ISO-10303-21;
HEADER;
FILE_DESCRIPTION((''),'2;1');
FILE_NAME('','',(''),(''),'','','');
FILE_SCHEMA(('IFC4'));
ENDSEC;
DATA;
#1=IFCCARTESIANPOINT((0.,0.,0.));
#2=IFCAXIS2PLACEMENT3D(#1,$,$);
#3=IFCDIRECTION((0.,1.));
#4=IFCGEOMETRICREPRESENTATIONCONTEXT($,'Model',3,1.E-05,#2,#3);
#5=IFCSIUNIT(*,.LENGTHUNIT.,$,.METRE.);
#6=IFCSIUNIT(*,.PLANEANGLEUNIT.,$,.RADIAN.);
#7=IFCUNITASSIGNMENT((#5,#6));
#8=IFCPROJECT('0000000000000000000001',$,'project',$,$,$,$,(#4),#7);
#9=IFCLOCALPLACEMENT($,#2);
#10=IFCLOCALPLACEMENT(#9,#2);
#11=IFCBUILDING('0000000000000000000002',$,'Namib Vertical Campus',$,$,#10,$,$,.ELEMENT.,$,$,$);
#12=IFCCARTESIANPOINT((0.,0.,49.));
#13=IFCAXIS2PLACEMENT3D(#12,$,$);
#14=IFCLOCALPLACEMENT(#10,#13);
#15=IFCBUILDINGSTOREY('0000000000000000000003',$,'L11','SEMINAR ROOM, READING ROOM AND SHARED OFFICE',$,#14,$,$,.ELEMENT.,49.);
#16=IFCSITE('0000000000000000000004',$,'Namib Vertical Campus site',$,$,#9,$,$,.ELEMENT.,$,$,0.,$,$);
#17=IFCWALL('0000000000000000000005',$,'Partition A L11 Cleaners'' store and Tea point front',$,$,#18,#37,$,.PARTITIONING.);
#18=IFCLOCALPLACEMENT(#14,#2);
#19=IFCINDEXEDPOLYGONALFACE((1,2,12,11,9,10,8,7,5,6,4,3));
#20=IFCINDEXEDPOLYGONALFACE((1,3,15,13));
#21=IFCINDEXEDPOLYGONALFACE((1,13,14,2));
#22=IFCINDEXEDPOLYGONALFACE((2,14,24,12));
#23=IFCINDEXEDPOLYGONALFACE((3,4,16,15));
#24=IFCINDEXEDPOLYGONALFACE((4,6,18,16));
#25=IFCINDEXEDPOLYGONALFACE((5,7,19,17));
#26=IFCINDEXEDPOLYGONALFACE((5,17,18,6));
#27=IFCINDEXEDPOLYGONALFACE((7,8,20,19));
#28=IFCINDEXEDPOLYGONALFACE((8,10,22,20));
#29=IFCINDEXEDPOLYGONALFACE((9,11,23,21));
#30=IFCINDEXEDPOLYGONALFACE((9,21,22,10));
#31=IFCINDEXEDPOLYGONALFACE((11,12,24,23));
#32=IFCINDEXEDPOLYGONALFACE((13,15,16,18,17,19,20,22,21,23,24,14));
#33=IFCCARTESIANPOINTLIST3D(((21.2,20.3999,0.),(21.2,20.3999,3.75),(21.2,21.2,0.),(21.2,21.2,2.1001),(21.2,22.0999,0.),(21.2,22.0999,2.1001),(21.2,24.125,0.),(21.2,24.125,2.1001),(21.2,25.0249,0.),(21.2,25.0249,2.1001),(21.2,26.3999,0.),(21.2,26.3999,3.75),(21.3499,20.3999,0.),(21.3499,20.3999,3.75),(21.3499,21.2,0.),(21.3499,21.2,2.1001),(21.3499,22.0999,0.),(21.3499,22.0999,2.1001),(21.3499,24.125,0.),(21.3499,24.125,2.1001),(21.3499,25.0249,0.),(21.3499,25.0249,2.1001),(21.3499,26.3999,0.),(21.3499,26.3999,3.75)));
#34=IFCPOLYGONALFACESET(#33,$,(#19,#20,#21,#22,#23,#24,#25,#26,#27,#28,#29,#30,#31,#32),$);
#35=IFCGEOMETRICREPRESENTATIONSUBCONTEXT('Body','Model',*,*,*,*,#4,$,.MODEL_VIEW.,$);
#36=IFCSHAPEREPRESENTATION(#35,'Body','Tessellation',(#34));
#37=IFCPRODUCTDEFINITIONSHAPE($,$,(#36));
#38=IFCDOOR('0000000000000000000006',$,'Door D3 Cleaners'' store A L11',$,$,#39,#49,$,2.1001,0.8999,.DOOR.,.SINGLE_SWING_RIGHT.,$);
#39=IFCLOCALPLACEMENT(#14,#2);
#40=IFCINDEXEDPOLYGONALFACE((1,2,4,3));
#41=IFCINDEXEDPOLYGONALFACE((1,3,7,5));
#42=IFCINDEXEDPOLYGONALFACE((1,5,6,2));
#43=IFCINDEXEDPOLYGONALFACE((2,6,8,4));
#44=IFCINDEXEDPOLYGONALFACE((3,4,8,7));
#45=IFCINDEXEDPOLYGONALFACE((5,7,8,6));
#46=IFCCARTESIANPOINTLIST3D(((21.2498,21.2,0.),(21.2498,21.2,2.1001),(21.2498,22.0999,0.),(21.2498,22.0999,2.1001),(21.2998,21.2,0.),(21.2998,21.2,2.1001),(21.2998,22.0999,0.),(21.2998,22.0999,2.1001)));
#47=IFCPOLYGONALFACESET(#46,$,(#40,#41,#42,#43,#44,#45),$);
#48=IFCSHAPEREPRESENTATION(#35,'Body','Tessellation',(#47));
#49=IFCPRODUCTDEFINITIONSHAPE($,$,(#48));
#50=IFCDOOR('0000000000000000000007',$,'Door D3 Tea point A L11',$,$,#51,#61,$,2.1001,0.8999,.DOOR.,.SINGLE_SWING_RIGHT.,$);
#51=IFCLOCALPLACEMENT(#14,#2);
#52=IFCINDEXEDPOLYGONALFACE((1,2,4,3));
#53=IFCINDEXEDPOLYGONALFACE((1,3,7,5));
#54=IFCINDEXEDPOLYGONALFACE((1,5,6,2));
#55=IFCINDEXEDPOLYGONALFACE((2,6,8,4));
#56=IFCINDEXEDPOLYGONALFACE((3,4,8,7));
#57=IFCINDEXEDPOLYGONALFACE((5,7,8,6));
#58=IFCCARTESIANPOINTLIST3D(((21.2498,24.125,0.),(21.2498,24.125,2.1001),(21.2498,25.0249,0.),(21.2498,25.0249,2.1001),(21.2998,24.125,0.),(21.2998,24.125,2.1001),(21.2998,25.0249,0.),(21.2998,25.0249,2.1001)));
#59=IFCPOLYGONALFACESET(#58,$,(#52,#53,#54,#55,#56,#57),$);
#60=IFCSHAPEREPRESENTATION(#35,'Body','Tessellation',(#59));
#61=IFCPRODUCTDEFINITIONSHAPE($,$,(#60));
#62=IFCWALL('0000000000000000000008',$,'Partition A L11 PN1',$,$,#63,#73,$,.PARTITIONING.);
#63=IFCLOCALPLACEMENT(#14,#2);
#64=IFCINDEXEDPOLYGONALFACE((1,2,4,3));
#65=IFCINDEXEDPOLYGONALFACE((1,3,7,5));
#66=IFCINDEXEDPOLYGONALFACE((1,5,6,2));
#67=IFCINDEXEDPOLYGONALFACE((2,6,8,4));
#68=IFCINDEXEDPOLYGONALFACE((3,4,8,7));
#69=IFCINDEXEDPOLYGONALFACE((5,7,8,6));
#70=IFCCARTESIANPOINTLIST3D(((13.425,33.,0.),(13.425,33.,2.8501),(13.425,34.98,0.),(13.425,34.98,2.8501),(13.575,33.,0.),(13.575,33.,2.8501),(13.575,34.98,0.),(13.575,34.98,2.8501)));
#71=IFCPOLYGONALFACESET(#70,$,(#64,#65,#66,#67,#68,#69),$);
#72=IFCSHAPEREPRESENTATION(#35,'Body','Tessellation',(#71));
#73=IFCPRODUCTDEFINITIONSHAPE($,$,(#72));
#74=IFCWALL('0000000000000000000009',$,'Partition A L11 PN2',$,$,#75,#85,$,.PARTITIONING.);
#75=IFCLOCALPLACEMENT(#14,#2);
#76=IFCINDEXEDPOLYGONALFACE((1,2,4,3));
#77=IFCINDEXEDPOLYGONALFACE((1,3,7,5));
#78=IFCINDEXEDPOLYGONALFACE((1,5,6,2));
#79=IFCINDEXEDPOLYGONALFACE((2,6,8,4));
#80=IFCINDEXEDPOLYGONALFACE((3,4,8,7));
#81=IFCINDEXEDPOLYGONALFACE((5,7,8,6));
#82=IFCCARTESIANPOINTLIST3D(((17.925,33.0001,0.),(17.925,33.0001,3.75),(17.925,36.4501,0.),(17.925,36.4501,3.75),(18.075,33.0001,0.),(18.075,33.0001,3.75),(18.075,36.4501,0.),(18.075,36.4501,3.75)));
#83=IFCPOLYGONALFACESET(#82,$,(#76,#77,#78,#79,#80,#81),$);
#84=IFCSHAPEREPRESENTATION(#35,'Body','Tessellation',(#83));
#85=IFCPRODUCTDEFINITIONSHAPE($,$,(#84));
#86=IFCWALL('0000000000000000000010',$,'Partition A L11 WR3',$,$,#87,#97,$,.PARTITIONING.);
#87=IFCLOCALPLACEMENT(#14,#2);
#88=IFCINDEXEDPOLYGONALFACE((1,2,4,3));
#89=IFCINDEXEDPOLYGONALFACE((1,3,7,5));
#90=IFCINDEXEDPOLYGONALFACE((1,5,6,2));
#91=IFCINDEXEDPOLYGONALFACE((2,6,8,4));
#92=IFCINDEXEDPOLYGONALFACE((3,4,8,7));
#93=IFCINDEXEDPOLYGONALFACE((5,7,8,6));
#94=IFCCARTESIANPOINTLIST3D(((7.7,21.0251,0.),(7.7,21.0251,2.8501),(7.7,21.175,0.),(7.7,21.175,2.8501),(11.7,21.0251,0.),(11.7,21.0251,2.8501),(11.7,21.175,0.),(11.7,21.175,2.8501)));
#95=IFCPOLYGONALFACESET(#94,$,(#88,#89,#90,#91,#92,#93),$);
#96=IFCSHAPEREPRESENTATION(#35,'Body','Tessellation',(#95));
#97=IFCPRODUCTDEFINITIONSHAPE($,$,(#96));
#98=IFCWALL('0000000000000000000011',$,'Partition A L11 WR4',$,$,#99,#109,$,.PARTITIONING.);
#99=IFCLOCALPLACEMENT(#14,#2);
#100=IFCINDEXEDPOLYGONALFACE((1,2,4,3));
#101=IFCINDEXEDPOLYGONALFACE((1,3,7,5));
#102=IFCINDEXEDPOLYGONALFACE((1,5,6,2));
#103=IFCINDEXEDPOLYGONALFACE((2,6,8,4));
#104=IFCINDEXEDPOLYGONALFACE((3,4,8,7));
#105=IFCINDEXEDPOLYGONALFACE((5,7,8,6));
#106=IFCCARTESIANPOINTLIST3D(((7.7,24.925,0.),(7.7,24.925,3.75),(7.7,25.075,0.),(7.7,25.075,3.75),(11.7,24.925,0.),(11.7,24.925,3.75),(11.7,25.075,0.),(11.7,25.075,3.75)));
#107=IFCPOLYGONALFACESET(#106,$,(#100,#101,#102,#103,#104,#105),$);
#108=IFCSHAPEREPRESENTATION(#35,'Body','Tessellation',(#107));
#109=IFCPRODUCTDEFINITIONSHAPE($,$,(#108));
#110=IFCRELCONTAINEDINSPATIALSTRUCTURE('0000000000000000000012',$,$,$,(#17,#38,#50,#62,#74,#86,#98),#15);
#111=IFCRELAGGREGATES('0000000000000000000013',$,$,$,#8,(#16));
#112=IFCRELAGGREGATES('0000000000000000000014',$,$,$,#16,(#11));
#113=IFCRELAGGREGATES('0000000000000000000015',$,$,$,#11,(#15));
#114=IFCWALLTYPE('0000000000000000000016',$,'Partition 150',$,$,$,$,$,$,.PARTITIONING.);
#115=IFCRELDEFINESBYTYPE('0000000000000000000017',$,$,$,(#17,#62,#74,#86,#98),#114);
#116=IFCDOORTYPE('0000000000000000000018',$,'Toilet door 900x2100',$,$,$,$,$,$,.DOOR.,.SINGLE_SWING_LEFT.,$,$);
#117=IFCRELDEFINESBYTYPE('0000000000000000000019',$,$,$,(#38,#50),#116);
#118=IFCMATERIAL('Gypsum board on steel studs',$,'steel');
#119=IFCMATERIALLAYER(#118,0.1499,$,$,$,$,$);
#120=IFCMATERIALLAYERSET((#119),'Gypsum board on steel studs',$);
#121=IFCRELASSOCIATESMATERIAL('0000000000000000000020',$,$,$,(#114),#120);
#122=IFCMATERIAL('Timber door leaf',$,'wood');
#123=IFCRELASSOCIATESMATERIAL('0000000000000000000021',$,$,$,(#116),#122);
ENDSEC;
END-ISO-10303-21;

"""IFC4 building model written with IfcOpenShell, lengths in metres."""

from ifc_helpers import new_model, si_unit, direction, frame, frame_2d, origin, place, context, subcontext, project, spatial, rectangle, extrude, material, layer, layer_set, type_object, element, fill, save


model = new_model("IFC4")

# Units and contexts
model_context = context("Model", 3, precision=1e-05, world=origin(), true_north=direction((0.0, 1.0)))
body_context = subcontext(model_context, "Body", "Model", "MODEL_VIEW")
ifc_project = project(units=[si_unit("LENGTHUNIT", "METRE"), si_unit("PLANEANGLEUNIT", "RADIAN")], contexts=[model_context])

# Site, building, storey
site_placement = place(None, origin())
site = spatial("IfcSite", under=ifc_project, at=site_placement, Name="Namib Vertical Campus site", CompositionType="ELEMENT", RefElevation=0.0)
building_placement = place(site_placement, origin())
building = spatial("IfcBuilding", under=site, at=building_placement, Name="Namib Vertical Campus", CompositionType="ELEMENT")
storey_placement = place(building_placement, frame((0.0, 0.0, 49.0)))
storey = spatial("IfcBuildingStorey", under=building, at=storey_placement, Name="L11", Description="SEMINAR ROOM, READING ROOM AND SHARED OFFICE", CompositionType="ELEMENT", Elevation=49.0)

# Wall, openings, doors
ifc_material_1 = material(Name="Gypsum board on steel studs", Category="steel")
ifc_layer_1 = layer(ifc_material_1, 0.1499)
ifc_layer_set_1 = layer_set([ifc_layer_1], Name="Gypsum board on steel studs")
wall_type_1 = type_object("IfcWallType", Name="Partition 150", PredefinedType="PARTITIONING", material=ifc_layer_set_1)
wall_1_placement = place(storey_placement, frame((21.2749, 20.3999, 0.0), z_axis=(0.0, 0.0, 1.0), x_axis=(0.0, 1.0, 0.0)))
wall_1 = element("IfcWall", 1, at=wall_1_placement, inside=storey, type_object=wall_type_1, Name="Partition A L11 Cleaners' store and Tea point front", PredefinedType="PARTITIONING", context=body_context, shape_type="SweptSolid", body=[
    extrude(rectangle(XDim=6.0, YDim=0.1499, at=frame_2d((3.0, 0.0))), origin(), (0.0, 0.0, 1.0), 3.75),
])
opening_1_placement = place(wall_1_placement, frame((0.8, 0.0, 0.0)))
opening_1 = element("IfcOpeningElement", 2, at=opening_1_placement, cuts=wall_1, PredefinedType="OPENING", context=body_context, shape_type="SweptSolid", body=[
    extrude(rectangle(XDim=0.8999, YDim=2.1001, at=frame_2d((0.45, 1.05))), frame((0.0, 0.085, 0.0), z_axis=(0.0, -1.0, 0.0), x_axis=(1.0, 0.0, 0.0)), (0.0, 0.0, 1.0), 0.1699),
])
opening_2_placement = place(wall_1_placement, frame((3.7251, 0.0, 0.0)))
opening_2 = element("IfcOpeningElement", 3, at=opening_2_placement, cuts=wall_1, PredefinedType="OPENING", context=body_context, shape_type="SweptSolid", body=[
    extrude(rectangle(XDim=0.8999, YDim=2.1001, at=frame_2d((0.45, 1.05))), frame((0.0, 0.085, 0.0), z_axis=(0.0, -1.0, 0.0), x_axis=(1.0, 0.0, 0.0)), (0.0, 0.0, 1.0), 0.1699),
])
ifc_material_2 = material(Name="Timber door leaf", Category="wood")
door_type_1 = type_object("IfcDoorType", Name="Toilet door 900x2100", OperationType="SINGLE_SWING_LEFT", PredefinedType="DOOR", material=ifc_material_2)
door_1_placement = place(opening_1_placement, frame((0.8999, 0.0, 0.0), z_axis=(0.0, 0.0, 1.0), x_axis=(-1.0, 0.0, 0.0)))
door_1 = element("IfcDoor", 4, at=door_1_placement, inside=storey, type_object=door_type_1, Name="Door D3 Cleaners' store A L11", OperationType="SINGLE_SWING_RIGHT", OverallHeight=2.1001, OverallWidth=0.8999, PredefinedType="DOOR", context=body_context, shape_type="SweptSolid", body=[
    extrude(rectangle(XDim=0.8999, YDim=2.1001, at=frame_2d((0.45, 1.05))), frame((0.0, 0.0249, 0.0), z_axis=(0.0, -1.0, 0.0), x_axis=(1.0, 0.0, 0.0)), (0.0, 0.0, 1.0), 0.05),
])
fill(opening_1, door_1)
door_2_placement = place(opening_2_placement, frame((0.8999, 0.0, 0.0), z_axis=(0.0, 0.0, 1.0), x_axis=(-1.0, 0.0, 0.0)))
door_2 = element("IfcDoor", 5, at=door_2_placement, inside=storey, type_object=door_type_1, Name="Door D3 Tea point A L11", OperationType="SINGLE_SWING_RIGHT", OverallHeight=2.1001, OverallWidth=0.8999, PredefinedType="DOOR", context=body_context, shape_type="SweptSolid", body=[
    extrude(rectangle(XDim=0.8999, YDim=2.1001, at=frame_2d((0.45, 1.05))), frame((0.0, 0.0249, 0.0), z_axis=(0.0, -1.0, 0.0), x_axis=(1.0, 0.0, 0.0)), (0.0, 0.0, 1.0), 0.05),
])
fill(opening_2, door_2)

# Walls
wall_2_placement = place(storey_placement, frame((13.5, 33.0, 0.0), z_axis=(0.0, 0.0, 1.0), x_axis=(0.0, 1.0, 0.0)))
element("IfcWall", 6, at=wall_2_placement, inside=storey, type_object=wall_type_1, Name="Partition A L11 PN1", PredefinedType="PARTITIONING", context=body_context, shape_type="SweptSolid", body=[
    extrude(rectangle(XDim=1.98, YDim=0.1499, at=frame_2d((0.99, 0.0))), origin(), (0.0, 0.0, 1.0), 2.8501),
])
wall_3_placement = place(storey_placement, frame((18.0, 33.0, 0.0), z_axis=(0.0, 0.0, 1.0), x_axis=(0.0, 1.0, 0.0)))
element("IfcWall", 7, at=wall_3_placement, inside=storey, type_object=wall_type_1, Name="Partition A L11 PN2", PredefinedType="PARTITIONING", context=body_context, shape_type="SweptSolid", body=[
    extrude(rectangle(XDim=3.45, YDim=0.1499, at=frame_2d((1.7251, 0.0))), origin(), (0.0, 0.0, 1.0), 3.75),
])
wall_4_placement = place(storey_placement, frame((11.7, 21.1001, 0.0), z_axis=(0.0, 0.0, 1.0), x_axis=(-1.0, 0.0, 0.0)))
element("IfcWall", 8, at=wall_4_placement, inside=storey, type_object=wall_type_1, Name="Partition A L11 WR3", PredefinedType="PARTITIONING", context=body_context, shape_type="SweptSolid", body=[
    extrude(rectangle(XDim=4.0, YDim=0.1499, at=frame_2d((2.0, 0.0))), origin(), (0.0, 0.0, 1.0), 2.8501),
])
wall_5_placement = place(storey_placement, frame((11.7, 25.0, 0.0), z_axis=(0.0, 0.0, 1.0), x_axis=(-1.0, 0.0, 0.0)))
element("IfcWall", 9, at=wall_5_placement, inside=storey, type_object=wall_type_1, Name="Partition A L11 WR4", PredefinedType="PARTITIONING", context=body_context, shape_type="SweptSolid", body=[
    extrude(rectangle(XDim=4.0, YDim=0.1499, at=frame_2d((2.0, 0.0))), origin(), (0.0, 0.0, 1.0), 3.75),
])

save(model, "model.ifc")
